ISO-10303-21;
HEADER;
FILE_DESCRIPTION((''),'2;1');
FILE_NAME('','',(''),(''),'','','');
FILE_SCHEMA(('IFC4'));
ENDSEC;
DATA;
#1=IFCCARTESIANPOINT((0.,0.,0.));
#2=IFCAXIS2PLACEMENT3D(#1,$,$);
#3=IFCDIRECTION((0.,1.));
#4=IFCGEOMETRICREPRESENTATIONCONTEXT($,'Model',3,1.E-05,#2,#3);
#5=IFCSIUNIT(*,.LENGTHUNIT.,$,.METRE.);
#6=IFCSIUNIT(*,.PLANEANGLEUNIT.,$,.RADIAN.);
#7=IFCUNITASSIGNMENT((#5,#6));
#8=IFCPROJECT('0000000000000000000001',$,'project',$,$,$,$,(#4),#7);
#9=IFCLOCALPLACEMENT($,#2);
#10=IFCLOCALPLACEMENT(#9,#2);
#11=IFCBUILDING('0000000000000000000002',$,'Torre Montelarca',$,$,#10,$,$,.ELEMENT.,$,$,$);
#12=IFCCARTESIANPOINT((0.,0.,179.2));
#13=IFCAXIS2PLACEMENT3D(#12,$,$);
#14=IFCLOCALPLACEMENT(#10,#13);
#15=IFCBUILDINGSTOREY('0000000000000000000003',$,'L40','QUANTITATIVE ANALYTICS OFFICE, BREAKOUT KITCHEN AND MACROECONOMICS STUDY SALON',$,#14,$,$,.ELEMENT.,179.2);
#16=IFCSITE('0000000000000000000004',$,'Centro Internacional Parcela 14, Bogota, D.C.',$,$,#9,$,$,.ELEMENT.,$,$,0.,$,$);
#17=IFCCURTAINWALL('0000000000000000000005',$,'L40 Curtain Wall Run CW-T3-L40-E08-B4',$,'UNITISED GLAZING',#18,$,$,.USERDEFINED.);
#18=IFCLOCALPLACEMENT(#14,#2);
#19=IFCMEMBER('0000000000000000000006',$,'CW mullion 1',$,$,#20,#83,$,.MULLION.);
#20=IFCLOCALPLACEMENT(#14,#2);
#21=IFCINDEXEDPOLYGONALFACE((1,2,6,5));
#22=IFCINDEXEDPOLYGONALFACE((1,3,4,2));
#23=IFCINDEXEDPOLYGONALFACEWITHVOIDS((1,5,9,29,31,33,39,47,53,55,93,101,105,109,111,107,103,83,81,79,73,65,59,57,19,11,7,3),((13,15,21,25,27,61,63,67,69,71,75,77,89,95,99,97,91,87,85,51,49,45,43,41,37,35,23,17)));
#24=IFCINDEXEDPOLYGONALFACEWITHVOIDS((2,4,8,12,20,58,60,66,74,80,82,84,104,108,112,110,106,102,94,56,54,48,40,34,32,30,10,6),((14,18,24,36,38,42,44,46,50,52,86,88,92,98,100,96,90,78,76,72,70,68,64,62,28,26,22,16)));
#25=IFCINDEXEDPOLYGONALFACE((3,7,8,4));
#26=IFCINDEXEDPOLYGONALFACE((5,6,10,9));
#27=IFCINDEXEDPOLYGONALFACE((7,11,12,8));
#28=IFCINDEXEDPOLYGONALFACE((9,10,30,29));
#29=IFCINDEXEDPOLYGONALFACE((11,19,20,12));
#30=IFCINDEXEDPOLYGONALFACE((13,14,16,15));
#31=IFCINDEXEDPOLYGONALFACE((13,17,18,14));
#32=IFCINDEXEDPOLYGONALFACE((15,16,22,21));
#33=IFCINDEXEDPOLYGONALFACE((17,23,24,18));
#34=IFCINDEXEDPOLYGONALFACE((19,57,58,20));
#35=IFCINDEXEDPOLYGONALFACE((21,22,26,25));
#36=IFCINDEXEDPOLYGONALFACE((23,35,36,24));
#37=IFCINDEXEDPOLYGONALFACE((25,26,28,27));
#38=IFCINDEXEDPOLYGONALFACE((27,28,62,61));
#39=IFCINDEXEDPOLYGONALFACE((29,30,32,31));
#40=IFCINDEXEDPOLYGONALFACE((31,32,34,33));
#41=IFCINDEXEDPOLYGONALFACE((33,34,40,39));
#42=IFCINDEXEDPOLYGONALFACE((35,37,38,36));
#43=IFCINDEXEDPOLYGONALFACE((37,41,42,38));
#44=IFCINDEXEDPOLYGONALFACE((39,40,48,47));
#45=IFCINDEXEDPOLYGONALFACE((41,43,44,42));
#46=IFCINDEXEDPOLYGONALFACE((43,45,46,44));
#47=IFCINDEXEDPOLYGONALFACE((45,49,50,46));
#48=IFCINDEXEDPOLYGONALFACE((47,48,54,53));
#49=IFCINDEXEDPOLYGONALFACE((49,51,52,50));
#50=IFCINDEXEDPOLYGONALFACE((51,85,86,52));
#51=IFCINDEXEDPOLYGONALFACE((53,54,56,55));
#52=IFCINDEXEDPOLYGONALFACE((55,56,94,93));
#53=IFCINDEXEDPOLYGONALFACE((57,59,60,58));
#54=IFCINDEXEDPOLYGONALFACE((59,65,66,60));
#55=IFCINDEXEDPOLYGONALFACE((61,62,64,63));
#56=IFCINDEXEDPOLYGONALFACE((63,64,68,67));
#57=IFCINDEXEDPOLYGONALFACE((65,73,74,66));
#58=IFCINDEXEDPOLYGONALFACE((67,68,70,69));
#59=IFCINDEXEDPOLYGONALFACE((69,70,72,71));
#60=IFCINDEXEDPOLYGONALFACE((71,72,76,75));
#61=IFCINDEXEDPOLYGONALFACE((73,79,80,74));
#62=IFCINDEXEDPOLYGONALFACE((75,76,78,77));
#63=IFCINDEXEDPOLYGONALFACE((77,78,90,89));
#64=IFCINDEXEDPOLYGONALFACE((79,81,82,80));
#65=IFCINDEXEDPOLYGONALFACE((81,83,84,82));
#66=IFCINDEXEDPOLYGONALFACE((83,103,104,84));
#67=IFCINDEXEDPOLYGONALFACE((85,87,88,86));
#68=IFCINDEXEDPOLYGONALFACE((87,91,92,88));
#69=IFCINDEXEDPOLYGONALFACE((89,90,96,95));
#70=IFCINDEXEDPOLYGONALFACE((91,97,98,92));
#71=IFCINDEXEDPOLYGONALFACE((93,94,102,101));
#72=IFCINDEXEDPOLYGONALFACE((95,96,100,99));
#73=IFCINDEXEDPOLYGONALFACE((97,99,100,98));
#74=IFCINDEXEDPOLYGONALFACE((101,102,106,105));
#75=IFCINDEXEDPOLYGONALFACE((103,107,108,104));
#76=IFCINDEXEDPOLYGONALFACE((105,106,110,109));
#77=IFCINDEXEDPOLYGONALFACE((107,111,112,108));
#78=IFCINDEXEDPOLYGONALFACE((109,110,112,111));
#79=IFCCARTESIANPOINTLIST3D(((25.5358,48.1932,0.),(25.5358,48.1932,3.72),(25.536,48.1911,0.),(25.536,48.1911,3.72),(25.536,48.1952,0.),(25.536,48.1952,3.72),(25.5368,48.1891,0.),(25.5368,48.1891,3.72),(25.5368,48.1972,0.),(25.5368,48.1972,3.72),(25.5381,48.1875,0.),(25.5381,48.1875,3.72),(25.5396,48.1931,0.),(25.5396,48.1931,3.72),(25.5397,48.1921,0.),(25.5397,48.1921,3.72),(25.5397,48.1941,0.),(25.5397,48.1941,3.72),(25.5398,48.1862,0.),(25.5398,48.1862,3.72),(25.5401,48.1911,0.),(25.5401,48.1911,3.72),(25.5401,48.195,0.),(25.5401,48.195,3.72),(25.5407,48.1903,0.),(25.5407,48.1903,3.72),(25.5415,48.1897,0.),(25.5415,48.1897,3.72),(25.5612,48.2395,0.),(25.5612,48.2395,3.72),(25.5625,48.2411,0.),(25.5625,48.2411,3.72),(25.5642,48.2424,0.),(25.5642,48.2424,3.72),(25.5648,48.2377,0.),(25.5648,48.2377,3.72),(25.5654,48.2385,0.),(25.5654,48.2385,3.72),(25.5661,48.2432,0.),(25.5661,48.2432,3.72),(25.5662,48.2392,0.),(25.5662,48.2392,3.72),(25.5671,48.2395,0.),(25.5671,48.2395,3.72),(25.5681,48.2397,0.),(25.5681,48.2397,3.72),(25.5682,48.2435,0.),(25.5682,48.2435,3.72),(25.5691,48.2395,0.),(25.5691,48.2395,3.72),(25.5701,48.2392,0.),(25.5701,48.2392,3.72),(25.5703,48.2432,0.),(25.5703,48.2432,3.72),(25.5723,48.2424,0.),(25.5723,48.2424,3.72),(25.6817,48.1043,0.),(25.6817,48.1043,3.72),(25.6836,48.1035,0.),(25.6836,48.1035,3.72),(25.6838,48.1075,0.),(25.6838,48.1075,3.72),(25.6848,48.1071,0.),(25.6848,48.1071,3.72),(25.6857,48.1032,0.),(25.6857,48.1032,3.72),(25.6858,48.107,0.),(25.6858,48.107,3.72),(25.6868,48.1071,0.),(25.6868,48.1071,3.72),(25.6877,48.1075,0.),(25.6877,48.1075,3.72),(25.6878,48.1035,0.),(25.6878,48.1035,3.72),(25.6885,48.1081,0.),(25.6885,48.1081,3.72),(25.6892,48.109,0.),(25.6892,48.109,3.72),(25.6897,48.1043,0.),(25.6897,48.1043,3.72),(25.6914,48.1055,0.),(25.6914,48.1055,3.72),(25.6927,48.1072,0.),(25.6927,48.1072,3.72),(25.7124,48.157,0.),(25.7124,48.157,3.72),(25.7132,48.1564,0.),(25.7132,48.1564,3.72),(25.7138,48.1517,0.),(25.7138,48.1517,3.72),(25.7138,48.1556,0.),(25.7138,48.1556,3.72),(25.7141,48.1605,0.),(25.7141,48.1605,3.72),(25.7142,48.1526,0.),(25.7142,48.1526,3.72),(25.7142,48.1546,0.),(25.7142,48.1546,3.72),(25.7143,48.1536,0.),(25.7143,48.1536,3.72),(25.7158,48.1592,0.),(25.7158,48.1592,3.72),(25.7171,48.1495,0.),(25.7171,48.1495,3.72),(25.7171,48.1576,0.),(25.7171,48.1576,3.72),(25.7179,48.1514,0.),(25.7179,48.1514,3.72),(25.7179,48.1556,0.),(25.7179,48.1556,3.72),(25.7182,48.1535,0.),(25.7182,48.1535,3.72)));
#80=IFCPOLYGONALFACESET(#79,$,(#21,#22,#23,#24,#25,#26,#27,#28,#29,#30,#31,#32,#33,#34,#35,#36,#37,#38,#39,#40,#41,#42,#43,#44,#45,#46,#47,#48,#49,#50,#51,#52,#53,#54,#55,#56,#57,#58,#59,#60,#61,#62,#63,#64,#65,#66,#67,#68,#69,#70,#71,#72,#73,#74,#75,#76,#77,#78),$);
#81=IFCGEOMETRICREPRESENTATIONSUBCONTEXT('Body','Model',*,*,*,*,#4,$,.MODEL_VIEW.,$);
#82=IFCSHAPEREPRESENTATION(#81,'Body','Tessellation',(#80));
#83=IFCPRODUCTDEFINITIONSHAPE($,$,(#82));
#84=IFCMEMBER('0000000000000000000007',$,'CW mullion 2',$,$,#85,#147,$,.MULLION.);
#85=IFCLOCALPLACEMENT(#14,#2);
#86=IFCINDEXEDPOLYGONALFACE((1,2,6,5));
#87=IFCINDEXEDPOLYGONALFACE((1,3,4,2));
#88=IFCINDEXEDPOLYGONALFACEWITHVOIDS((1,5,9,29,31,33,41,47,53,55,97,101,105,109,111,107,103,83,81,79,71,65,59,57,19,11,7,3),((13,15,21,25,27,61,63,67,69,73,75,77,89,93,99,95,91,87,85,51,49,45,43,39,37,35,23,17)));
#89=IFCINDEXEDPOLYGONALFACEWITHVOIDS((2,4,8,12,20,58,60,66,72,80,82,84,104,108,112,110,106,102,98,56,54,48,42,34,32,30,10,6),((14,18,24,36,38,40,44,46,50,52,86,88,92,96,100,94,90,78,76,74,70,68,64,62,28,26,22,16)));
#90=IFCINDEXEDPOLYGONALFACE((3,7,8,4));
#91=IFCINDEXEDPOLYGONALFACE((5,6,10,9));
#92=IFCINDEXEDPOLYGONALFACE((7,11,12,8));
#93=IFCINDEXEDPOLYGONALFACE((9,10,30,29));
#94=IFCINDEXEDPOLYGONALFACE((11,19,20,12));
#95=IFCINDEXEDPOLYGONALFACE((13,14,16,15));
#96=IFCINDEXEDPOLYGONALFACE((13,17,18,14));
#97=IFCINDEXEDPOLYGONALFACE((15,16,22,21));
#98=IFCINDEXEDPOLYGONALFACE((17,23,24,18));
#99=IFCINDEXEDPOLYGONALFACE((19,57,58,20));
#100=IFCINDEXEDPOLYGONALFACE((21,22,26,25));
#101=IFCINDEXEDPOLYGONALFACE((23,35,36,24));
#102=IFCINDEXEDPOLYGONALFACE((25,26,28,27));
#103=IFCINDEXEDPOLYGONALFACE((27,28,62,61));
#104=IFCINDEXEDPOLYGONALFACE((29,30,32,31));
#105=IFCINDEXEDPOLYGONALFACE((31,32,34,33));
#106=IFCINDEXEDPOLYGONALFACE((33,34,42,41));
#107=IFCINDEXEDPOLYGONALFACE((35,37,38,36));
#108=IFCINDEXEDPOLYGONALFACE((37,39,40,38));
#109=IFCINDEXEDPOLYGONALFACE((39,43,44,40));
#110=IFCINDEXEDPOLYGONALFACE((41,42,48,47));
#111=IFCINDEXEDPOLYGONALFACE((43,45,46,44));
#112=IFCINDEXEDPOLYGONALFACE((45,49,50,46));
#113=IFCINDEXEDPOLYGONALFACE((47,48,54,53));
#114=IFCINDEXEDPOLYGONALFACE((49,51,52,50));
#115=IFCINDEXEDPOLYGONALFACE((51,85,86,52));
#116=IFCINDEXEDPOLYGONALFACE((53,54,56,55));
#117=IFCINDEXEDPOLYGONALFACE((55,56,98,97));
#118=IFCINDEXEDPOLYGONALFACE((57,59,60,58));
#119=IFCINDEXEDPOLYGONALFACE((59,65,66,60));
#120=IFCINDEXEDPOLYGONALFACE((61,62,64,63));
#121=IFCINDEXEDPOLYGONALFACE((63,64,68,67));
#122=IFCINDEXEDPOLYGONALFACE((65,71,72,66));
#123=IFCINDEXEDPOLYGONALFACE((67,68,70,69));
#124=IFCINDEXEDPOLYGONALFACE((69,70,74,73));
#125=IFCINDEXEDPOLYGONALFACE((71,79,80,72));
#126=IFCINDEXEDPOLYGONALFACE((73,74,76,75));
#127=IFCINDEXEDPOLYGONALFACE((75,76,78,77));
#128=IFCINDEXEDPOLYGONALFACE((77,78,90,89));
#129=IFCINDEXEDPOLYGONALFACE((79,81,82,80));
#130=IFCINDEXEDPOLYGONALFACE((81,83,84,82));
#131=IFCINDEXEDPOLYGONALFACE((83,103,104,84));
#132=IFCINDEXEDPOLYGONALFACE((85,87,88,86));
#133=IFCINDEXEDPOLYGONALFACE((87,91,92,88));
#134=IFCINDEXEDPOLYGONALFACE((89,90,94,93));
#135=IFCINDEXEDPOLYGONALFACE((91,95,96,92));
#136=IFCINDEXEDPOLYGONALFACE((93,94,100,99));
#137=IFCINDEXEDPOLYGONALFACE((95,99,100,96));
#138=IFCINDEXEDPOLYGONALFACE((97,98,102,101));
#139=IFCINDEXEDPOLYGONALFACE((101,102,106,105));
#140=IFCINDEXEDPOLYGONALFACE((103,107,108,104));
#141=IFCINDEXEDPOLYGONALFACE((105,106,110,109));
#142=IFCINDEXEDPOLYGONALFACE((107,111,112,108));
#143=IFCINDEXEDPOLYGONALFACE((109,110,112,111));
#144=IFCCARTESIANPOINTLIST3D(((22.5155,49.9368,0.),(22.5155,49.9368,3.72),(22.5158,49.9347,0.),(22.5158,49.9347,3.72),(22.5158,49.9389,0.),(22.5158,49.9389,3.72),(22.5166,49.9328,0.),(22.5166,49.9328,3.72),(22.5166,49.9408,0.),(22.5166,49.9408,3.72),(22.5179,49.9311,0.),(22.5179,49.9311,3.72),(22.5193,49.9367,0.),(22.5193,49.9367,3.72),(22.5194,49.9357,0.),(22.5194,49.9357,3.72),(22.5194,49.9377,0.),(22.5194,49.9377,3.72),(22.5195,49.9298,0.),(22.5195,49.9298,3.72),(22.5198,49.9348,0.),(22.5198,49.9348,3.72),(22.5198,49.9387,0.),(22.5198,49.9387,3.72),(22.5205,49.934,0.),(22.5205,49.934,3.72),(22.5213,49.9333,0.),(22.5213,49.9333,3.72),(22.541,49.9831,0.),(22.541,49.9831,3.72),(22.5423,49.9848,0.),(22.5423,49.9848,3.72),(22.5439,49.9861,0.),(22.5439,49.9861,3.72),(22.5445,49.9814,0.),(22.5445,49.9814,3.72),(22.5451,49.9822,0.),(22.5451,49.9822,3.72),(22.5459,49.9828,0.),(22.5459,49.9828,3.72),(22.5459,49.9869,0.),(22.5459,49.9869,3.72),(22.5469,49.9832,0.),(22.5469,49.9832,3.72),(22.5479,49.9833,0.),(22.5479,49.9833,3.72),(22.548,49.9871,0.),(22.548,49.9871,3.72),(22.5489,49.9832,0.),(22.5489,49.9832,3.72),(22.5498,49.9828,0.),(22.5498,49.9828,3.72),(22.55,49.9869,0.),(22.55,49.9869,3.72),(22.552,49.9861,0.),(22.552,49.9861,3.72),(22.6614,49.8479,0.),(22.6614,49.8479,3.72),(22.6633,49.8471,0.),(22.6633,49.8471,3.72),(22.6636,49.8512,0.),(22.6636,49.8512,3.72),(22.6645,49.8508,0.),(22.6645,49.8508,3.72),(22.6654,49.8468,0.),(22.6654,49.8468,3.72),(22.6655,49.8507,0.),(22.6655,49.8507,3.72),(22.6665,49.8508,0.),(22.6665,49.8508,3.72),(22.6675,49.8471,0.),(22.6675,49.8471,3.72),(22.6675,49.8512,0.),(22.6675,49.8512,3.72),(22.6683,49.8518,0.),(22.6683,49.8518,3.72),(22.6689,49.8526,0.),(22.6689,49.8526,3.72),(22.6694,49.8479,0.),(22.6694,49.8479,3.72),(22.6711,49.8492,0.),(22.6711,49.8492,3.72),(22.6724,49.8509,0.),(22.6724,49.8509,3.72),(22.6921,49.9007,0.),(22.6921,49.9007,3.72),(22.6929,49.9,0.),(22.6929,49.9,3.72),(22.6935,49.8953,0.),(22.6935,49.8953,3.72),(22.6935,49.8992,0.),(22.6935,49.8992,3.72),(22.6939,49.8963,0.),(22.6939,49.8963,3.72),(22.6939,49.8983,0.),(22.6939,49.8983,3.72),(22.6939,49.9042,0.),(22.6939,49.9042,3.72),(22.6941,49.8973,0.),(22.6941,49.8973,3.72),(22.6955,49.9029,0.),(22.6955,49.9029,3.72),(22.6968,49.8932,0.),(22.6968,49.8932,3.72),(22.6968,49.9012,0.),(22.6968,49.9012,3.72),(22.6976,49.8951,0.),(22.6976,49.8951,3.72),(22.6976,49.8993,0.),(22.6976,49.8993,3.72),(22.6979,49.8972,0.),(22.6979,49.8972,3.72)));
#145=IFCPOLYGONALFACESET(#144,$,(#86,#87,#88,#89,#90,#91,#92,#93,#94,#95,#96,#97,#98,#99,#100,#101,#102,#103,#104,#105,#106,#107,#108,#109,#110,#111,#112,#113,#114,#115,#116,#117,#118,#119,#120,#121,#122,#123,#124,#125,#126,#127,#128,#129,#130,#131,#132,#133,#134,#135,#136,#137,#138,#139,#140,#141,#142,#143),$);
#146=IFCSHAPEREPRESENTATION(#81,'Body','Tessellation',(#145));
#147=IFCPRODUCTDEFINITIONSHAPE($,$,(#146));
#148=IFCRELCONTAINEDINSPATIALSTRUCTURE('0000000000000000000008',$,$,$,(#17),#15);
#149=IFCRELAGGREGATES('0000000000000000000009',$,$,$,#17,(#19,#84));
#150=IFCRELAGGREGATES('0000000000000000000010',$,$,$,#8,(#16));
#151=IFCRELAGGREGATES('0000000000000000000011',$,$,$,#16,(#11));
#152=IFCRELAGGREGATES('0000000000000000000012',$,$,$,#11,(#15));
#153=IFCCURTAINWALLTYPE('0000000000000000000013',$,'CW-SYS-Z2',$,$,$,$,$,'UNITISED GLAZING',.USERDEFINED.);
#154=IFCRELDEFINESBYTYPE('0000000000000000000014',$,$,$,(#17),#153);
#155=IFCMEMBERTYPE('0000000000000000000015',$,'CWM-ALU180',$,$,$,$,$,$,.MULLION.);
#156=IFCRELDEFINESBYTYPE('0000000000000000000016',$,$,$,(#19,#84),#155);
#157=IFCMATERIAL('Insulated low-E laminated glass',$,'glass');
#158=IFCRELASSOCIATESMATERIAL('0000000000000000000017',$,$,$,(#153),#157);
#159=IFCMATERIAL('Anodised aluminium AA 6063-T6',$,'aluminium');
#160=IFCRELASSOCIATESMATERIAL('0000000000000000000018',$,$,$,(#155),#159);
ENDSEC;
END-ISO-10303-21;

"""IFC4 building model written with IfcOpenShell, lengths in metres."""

from ifc_helpers import new_model, si_unit, direction, frame, origin, origin_2d, place, context, subcontext, project, spatial, hollow_rectangle, extrude, source, transform, mapped, material, material_profile, profile_set, type_object, element, aggregate, save


model = new_model("IFC4")

# Units and contexts
model_context = context("Model", 3, precision=1e-05, world=origin(), true_north=direction((0.0, 1.0)))
body_context = subcontext(model_context, "Body", "Model", "MODEL_VIEW")
ifc_project = project(units=[si_unit("LENGTHUNIT", "METRE"), si_unit("PLANEANGLEUNIT", "RADIAN")], contexts=[model_context])

# Site, building, storey
site_placement = place(None, origin())
site = spatial("IfcSite", under=ifc_project, at=site_placement, Name="Centro Internacional Parcela 14, Bogota, D.C.", CompositionType="ELEMENT", RefElevation=0.0)
building_placement = place(site_placement, origin())
building = spatial("IfcBuilding", under=site, at=building_placement, Name="Torre Montelarca", CompositionType="ELEMENT")
storey_placement = place(building_placement, frame((0.0, 0.0, 179.2)))
storey = spatial("IfcBuildingStorey", under=building, at=storey_placement, Name="L40", Description="QUANTITATIVE ANALYTICS OFFICE, BREAKOUT KITCHEN AND MACROECONOMICS STUDY SALON", CompositionType="ELEMENT", Elevation=179.2)

# Curtain wall, members
ifc_material_1 = material(Name="Insulated low-E laminated glass", Category="glass")
curtain_wall_type = type_object("IfcCurtainWallType", Name="CW-SYS-Z2", ElementType="UNITISED GLAZING", PredefinedType="USERDEFINED", material=ifc_material_1)
ifc_material_2 = material(Name="Anodised aluminium AA 6063-T6", Category="aluminium")
ifc_material_profile_1 = material_profile(ifc_material_2, hollow_rectangle(XDim=0.0649, YDim=0.1799, WallThickness=0.0039, InnerFilletRadius=0.0039, OuterFilletRadius=0.0081, at=origin_2d()), Name="ALU65X180X4", Category="aluminium")
ifc_profile_set_1 = profile_set([ifc_material_profile_1], Name="Anodised aluminium AA 6063-T6")
member_type_1 = type_object("IfcMemberType", Name="CWM-ALU180", PredefinedType="MULLION", material=ifc_profile_set_1)
shared_shape_1 = source(origin(), body_context, "Body", "SweptSolid", [
    extrude(hollow_rectangle(XDim=0.0649, YDim=0.1799, WallThickness=0.0039, InnerFilletRadius=0.0039, OuterFilletRadius=0.0081, at=origin_2d()), origin(), (0.0, 0.0, 1.0), 3.72),
])
curtain_wall_1_placement = place(storey_placement, origin())
curtain_wall_1 = element("IfcCurtainWall", 1, at=curtain_wall_1_placement, inside=storey, type_object=curtain_wall_type, Name="L40 Curtain Wall Run CW-T3-L40-E08-B4", ObjectType="UNITISED GLAZING", PredefinedType="USERDEFINED")
member_1_placement = place(storey_placement, frame((25.627, 48.1733, 0.0), z_axis=(0.0, 0.0, 1.0), x_axis=(-0.500001, -0.866025, 0.0)))
member_1 = element("IfcMember", 2, at=member_1_placement, type_object=member_type_1, Name="CW mullion 1", PredefinedType="MULLION", context=body_context, shape_type="MappedRepresentation", body=[
    mapped(shared_shape_1, transform((0.0, 0.0, 0.0), scale=1.0)),
])
member_2_placement = place(storey_placement, frame((22.6067, 49.917, 0.0), z_axis=(0.0, 0.0, 1.0), x_axis=(-0.500001, -0.866025, 0.0)))
member_2 = element("IfcMember", 3, at=member_2_placement, type_object=member_type_1, Name="CW mullion 2", PredefinedType="MULLION", context=body_context, shape_type="MappedRepresentation", body=[
    mapped(shared_shape_1, transform((0.0, 0.0, 0.0), scale=1.0)),
])

aggregate(curtain_wall_1, [member_1, member_2])

save(model, "model.ifc")
